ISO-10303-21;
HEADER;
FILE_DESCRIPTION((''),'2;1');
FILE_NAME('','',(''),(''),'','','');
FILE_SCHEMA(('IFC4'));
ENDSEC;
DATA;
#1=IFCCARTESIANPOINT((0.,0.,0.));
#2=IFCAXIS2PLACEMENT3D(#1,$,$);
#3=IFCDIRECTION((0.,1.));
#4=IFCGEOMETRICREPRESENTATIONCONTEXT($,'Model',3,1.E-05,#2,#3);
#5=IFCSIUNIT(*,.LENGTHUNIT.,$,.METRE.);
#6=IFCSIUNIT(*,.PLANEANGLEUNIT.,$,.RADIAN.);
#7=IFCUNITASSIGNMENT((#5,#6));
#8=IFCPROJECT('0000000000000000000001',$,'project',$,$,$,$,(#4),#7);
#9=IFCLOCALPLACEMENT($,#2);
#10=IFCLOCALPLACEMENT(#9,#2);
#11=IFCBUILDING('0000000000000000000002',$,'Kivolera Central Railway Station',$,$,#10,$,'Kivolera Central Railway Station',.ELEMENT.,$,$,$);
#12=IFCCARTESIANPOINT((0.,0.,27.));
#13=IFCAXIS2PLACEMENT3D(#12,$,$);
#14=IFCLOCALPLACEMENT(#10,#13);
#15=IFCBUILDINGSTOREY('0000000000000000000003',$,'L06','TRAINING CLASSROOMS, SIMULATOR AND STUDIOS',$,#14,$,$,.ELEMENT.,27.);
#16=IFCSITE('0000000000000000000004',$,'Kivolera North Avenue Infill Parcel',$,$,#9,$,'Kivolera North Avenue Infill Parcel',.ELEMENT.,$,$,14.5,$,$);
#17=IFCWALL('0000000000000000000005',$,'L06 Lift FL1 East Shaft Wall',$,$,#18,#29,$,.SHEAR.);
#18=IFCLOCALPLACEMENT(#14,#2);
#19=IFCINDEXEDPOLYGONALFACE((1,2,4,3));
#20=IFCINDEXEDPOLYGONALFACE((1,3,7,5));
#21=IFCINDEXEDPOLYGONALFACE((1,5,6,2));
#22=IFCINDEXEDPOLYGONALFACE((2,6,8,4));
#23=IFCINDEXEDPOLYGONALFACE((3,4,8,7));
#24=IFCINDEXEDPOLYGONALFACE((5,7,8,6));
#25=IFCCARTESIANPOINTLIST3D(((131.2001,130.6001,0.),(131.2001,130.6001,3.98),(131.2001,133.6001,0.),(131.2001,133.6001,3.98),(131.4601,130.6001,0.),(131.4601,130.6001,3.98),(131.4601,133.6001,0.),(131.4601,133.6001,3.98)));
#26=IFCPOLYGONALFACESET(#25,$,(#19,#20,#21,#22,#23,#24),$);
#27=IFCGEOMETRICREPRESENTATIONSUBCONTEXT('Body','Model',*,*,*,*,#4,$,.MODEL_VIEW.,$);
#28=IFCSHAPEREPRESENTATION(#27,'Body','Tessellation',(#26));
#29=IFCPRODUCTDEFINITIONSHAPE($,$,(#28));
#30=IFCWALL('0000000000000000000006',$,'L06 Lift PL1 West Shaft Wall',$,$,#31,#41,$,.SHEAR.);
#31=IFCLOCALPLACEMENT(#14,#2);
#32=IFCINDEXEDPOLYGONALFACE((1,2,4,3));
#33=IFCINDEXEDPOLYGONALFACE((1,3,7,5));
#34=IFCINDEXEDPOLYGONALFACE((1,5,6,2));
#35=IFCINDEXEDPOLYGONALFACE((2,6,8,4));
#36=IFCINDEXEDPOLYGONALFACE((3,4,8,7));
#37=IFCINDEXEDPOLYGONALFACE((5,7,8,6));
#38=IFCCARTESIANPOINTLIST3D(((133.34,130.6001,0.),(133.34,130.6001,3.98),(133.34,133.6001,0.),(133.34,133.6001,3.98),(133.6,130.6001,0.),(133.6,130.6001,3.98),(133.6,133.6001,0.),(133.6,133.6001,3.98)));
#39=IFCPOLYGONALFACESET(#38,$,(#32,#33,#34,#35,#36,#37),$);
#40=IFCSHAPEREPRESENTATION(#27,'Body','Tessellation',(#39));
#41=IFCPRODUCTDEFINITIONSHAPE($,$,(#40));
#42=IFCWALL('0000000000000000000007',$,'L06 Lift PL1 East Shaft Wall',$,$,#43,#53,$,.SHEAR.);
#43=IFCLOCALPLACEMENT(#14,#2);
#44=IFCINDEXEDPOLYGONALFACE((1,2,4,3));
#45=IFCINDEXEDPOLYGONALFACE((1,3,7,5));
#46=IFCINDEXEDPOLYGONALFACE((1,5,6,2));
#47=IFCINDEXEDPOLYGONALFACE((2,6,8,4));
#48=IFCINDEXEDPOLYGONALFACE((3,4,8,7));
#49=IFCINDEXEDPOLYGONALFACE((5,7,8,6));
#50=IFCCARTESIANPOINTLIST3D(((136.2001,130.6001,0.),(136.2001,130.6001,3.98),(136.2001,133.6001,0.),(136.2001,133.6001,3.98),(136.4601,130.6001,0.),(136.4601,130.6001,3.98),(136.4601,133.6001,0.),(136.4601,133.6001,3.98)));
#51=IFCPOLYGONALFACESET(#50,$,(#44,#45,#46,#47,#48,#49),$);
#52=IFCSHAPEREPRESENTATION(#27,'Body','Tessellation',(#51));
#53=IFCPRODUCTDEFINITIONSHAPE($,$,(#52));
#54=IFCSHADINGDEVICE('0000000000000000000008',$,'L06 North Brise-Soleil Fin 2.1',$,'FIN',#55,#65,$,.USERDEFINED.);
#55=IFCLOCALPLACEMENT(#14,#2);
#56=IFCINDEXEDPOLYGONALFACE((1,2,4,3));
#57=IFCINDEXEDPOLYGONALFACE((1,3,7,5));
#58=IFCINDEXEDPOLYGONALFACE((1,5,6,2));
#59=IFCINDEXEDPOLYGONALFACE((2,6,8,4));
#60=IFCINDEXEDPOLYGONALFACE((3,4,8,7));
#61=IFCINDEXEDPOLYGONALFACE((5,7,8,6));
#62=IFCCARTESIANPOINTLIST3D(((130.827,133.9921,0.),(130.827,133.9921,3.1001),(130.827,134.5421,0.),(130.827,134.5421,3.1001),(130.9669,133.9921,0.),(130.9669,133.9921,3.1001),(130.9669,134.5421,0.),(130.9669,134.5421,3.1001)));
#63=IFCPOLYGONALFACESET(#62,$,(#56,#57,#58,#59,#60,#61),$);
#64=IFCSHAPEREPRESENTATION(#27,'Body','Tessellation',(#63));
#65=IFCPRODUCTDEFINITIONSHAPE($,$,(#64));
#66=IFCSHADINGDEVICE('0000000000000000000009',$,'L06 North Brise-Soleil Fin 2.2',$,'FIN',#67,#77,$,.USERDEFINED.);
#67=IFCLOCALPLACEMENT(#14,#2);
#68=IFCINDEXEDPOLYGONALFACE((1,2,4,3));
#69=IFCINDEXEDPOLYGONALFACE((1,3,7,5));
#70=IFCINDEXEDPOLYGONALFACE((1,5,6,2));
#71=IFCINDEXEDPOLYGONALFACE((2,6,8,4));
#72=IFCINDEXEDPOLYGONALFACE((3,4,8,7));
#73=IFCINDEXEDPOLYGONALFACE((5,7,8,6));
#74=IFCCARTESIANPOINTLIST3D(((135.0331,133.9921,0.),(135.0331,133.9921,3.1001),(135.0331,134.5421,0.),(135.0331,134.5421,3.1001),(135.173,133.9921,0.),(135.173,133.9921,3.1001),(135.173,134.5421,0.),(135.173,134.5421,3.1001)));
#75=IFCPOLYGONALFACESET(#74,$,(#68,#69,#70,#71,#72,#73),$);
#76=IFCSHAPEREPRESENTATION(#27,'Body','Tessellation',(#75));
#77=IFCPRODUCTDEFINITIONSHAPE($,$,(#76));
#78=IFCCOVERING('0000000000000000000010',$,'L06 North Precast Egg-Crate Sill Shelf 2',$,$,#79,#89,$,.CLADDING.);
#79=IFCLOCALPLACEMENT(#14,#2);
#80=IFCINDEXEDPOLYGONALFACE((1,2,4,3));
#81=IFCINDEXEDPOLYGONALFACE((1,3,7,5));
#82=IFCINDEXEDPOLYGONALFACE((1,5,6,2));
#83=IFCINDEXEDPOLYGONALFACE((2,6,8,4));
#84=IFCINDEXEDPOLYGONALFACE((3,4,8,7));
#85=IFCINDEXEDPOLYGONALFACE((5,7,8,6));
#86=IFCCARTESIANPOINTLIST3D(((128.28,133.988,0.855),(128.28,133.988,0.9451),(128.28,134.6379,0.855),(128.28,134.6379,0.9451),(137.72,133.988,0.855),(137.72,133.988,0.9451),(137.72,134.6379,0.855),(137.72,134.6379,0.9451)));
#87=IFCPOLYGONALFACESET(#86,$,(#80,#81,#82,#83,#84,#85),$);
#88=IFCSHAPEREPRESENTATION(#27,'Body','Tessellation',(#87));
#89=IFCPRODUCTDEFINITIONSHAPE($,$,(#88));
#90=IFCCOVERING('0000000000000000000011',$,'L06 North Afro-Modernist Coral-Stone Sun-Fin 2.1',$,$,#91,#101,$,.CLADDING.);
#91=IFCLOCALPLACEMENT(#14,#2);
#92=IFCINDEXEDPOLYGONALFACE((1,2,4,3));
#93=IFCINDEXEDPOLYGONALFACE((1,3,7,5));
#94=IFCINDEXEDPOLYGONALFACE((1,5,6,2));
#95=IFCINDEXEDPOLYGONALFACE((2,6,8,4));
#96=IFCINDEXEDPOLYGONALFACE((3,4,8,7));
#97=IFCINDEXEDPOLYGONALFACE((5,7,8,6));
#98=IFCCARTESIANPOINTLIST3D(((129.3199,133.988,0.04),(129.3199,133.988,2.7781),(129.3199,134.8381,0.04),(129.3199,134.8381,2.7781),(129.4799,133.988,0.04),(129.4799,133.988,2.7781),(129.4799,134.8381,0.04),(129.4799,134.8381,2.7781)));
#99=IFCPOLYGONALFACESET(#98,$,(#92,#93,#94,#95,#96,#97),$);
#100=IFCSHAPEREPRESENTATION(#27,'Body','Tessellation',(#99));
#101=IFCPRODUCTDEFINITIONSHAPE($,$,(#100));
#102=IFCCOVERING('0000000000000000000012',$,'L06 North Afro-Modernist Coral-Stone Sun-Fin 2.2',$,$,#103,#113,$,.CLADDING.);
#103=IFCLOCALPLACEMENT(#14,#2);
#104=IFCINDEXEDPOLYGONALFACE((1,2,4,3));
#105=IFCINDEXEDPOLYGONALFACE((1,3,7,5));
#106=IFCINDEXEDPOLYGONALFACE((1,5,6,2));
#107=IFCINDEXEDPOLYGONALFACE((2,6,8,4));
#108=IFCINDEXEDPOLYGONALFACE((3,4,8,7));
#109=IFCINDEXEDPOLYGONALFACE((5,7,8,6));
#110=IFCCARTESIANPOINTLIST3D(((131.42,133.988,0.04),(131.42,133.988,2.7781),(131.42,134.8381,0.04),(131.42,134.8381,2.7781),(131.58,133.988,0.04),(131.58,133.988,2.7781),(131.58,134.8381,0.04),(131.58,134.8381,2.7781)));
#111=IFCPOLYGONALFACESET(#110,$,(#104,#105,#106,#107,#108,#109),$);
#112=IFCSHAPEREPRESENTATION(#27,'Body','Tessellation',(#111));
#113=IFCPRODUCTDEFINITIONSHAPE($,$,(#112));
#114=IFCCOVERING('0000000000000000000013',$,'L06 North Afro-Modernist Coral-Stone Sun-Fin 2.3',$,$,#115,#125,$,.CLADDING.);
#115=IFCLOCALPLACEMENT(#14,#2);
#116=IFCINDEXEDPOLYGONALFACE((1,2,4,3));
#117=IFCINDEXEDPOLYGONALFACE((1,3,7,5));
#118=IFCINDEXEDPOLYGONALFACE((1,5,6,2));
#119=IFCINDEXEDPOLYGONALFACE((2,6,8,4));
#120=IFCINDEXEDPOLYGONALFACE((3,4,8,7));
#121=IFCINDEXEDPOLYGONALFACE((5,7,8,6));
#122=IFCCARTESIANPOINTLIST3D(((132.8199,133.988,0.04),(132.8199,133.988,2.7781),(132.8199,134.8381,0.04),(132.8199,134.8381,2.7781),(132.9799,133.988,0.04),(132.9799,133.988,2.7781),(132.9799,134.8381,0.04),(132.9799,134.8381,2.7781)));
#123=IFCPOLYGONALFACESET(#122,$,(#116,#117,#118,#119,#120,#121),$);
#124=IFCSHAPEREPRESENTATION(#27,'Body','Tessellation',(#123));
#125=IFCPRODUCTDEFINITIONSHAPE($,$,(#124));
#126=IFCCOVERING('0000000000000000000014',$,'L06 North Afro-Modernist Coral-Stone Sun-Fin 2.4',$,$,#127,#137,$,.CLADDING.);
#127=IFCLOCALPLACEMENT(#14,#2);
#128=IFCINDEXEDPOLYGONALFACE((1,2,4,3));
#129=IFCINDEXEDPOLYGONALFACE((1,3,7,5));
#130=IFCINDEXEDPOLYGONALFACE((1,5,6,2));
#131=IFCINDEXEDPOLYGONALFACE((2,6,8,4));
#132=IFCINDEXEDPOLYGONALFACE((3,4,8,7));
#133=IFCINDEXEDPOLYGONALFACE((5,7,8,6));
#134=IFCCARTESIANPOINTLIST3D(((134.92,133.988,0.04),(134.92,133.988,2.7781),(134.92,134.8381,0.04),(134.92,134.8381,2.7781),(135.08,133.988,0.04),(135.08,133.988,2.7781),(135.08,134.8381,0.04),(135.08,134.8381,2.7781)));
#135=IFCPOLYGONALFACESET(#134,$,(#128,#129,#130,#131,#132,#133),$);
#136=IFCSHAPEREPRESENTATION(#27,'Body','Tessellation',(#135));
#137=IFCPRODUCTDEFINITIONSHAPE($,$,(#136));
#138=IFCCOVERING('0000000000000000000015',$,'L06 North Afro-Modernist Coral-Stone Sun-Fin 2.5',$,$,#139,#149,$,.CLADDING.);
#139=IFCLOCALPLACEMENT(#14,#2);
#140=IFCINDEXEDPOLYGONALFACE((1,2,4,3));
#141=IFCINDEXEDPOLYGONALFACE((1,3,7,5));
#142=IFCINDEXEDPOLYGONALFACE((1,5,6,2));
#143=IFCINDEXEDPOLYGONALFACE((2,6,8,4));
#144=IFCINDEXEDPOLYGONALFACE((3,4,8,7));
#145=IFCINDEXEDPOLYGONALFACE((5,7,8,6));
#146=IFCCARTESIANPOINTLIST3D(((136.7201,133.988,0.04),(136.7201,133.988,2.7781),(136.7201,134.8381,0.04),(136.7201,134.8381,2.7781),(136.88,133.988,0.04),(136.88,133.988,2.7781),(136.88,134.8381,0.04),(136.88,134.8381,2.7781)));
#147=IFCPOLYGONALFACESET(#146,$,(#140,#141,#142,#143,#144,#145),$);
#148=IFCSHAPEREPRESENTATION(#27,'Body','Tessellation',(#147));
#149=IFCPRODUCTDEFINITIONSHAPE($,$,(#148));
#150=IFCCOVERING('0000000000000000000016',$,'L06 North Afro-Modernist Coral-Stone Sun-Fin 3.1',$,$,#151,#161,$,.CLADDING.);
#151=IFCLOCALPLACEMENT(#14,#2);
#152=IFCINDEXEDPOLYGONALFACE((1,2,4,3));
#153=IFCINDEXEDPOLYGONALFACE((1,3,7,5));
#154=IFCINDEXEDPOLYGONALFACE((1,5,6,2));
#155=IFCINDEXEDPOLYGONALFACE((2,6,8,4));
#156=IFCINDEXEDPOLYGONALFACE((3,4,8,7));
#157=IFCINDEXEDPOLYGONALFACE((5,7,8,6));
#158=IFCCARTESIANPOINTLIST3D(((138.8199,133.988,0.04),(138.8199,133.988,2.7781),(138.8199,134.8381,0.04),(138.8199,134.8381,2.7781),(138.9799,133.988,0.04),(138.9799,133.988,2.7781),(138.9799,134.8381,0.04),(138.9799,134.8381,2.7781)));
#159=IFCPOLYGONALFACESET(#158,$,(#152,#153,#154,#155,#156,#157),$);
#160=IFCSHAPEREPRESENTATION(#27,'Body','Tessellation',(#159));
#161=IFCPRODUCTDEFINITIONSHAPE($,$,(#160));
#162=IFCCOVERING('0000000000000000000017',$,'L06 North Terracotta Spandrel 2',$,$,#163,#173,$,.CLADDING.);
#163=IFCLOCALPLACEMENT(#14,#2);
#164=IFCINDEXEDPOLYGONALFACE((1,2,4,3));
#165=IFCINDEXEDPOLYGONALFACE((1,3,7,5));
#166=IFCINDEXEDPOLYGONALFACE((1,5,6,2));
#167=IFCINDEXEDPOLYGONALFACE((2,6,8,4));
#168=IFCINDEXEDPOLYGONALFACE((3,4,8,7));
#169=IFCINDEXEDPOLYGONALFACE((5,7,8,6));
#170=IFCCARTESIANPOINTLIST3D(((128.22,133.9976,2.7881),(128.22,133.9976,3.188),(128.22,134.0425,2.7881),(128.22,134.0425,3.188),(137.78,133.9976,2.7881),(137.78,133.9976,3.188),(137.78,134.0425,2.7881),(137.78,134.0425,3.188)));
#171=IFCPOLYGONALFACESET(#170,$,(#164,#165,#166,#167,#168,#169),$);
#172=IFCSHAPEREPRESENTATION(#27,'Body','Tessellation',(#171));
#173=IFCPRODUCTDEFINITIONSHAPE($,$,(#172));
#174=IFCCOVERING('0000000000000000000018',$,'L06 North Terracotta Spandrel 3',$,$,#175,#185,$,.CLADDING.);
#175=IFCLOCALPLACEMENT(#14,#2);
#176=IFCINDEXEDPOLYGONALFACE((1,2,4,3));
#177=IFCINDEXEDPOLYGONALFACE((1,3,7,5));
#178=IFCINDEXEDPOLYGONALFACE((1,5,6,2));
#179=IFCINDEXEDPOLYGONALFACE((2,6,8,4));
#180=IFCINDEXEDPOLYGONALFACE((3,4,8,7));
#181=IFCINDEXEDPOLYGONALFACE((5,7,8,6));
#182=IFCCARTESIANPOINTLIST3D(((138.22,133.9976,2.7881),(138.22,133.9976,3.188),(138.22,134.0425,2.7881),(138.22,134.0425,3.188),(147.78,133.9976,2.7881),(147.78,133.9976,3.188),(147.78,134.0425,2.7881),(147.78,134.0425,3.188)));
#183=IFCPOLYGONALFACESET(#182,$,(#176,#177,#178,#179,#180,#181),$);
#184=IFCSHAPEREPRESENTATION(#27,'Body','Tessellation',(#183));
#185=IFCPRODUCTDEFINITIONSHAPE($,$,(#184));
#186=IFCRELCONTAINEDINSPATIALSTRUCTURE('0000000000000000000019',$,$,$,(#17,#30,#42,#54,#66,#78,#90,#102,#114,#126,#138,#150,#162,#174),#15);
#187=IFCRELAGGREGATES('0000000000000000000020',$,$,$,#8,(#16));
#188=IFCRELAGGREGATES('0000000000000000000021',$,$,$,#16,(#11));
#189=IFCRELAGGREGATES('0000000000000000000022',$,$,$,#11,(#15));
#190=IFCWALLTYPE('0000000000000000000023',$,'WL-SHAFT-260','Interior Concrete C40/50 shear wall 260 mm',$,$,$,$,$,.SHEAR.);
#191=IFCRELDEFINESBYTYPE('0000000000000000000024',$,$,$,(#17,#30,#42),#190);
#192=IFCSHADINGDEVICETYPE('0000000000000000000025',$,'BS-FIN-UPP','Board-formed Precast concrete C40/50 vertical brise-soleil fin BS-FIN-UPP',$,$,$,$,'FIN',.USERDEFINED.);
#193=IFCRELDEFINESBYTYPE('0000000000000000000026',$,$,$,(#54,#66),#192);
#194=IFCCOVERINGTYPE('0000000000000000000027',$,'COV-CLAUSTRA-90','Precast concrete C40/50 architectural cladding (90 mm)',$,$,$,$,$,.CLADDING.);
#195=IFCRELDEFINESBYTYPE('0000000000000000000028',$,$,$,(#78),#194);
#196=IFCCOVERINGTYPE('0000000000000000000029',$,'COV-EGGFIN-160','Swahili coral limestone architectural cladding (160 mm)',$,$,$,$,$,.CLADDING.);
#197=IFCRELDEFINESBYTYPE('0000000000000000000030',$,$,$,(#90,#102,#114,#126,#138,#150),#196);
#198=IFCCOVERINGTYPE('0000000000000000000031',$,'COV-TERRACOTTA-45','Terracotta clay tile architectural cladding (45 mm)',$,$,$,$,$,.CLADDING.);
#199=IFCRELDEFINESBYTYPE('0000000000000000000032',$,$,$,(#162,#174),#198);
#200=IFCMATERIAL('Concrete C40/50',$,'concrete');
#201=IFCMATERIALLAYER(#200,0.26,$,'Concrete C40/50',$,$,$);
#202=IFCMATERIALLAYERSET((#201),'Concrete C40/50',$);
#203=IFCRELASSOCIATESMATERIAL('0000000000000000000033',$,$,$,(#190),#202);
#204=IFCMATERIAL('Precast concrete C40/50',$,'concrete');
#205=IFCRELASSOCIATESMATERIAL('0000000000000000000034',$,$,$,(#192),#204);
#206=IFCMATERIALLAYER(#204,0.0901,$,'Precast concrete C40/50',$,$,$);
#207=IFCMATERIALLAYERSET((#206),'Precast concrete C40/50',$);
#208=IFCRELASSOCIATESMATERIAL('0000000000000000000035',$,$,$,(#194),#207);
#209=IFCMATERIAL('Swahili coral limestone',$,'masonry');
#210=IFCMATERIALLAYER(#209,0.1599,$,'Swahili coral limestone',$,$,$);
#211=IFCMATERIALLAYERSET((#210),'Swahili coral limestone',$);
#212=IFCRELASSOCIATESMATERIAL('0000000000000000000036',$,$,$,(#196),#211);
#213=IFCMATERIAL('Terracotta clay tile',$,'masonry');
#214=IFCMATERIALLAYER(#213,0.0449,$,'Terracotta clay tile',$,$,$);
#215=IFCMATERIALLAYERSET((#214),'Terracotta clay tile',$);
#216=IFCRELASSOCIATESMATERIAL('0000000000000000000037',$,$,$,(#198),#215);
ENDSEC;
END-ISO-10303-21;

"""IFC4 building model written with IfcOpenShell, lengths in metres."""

from ifc_helpers import new_model, si_unit, direction, frame, frame_2d, origin, origin_2d, place, context, subcontext, project, spatial, rectangle, extrude, material, layer, layer_set, type_object, element, save


model = new_model("IFC4")

# Units and contexts
model_context = context("Model", 3, precision=1e-05, world=origin(), true_north=direction((0.0, 1.0)))
body_context = subcontext(model_context, "Body", "Model", "MODEL_VIEW")
ifc_project = project(units=[si_unit("LENGTHUNIT", "METRE"), si_unit("PLANEANGLEUNIT", "RADIAN")], contexts=[model_context])

# Site, building, storey
site_placement = place(None, origin())
site = spatial("IfcSite", under=ifc_project, at=site_placement, Name="Kivolera North Avenue Infill Parcel", LongName="Kivolera North Avenue Infill Parcel", CompositionType="ELEMENT", RefElevation=14.5)
building_placement = place(site_placement, origin())
building = spatial("IfcBuilding", under=site, at=building_placement, Name="Kivolera Central Railway Station", LongName="Kivolera Central Railway Station", CompositionType="ELEMENT")
storey_placement = place(building_placement, frame((0.0, 0.0, 27.0)))
storey = spatial("IfcBuildingStorey", under=building, at=storey_placement, Name="L06", Description="TRAINING CLASSROOMS, SIMULATOR AND STUDIOS", CompositionType="ELEMENT", Elevation=27.0)

# Shared definitions
ifc_material_1 = material(Name="Concrete C40/50", Category="concrete")

# Shared definitions
ifc_material_2 = material(Name="Swahili coral limestone", Category="masonry")

# Wall
ifc_layer_1 = layer(ifc_material_1, 0.26, Name="Concrete C40/50")
ifc_layer_set_1 = layer_set([ifc_layer_1], Name="Concrete C40/50")
wall_type_1 = type_object("IfcWallType", Name="WL-SHAFT-260", Description="Interior Concrete C40/50 shear wall 260 mm", PredefinedType="SHEAR", material=ifc_layer_set_1)
for number, where, z_axis, x_axis, name in (
    (1, (131.3301, 130.6001, 0.0), (0.0, 0.0, 1.0), (0.0, 1.0, 0.0), "L06 Lift FL1 East Shaft Wall"),
):
    element("IfcWall", number, at=place(storey_placement, frame(where, z_axis=z_axis, x_axis=x_axis)), inside=storey, type_object=wall_type_1, Name=name, PredefinedType="SHEAR", context=body_context, shape_type="SweptSolid", body=[
        extrude(rectangle(XDim=3.0, YDim=0.26, at=frame_2d((1.5, 0.0))), origin(), (0.0, 0.0, 1.0), 3.98),
    ])

# Walls
for number, where, z_axis, x_axis, name in (
    (2, (133.47, 130.6001, 0.0), (0.0, 0.0, 1.0), (0.0, 1.0, 0.0), "L06 Lift PL1 West Shaft Wall"),
    (3, (136.3301, 130.6001, 0.0), (0.0, 0.0, 1.0), (0.0, 1.0, 0.0), "L06 Lift PL1 East Shaft Wall"),
):
    element("IfcWall", number, at=place(storey_placement, frame(where, z_axis=z_axis, x_axis=x_axis)), inside=storey, type_object=wall_type_1, Name=name, PredefinedType="SHEAR", context=body_context, shape_type="SweptSolid", body=[
        extrude(rectangle(XDim=3.0, YDim=0.26, at=frame_2d((1.5, 0.0))), origin(), (0.0, 0.0, 1.0), 3.98),
    ])

# Shading devices
ifc_material_3 = material(Name="Precast concrete C40/50", Category="concrete")
shading_device_type = type_object("IfcShadingDeviceType", Name="BS-FIN-UPP", Description="Board-formed Precast concrete C40/50 vertical brise-soleil fin BS-FIN-UPP", ElementType="FIN", PredefinedType="USERDEFINED", material=ifc_material_3)
for number, where, z_axis, x_axis, name in (
    (4, (130.897, 134.2671, 0.0), (0.0, 0.0, 1.0), (1.0, 0.0, 0.0), "L06 North Brise-Soleil Fin 2.1"),
    (5, (135.103, 134.2671, 0.0), (0.0, 0.0, 1.0), (1.0, 0.0, 0.0), "L06 North Brise-Soleil Fin 2.2"),
):
    element("IfcShadingDevice", number, at=place(storey_placement, frame(where, z_axis=z_axis, x_axis=x_axis)), inside=storey, type_object=shading_device_type, Name=name, ObjectType="FIN", PredefinedType="USERDEFINED", context=body_context, shape_type="SweptSolid", body=[
        extrude(rectangle(XDim=0.1399, YDim=0.55, at=origin_2d()), origin(), (0.0, 0.0, 1.0), 3.1001),
    ])

# Coverings
ifc_layer_2 = layer(ifc_material_3, 0.0901, Name="Precast concrete C40/50")
ifc_layer_set_2 = layer_set([ifc_layer_2], Name="Precast concrete C40/50")
covering_type_1 = type_object("IfcCoveringType", Name="COV-CLAUSTRA-90", Description="Precast concrete C40/50 architectural cladding (90 mm)", PredefinedType="CLADDING", material=ifc_layer_set_2)
covering_placement = place(storey_placement, frame((133.0, 134.313, 0.855), z_axis=(0.0, 0.0, 1.0), x_axis=(1.0, 0.0, 0.0)))
element("IfcCovering", 6, at=covering_placement, inside=storey, type_object=covering_type_1, Name="L06 North Precast Egg-Crate Sill Shelf 2", PredefinedType="CLADDING", context=body_context, shape_type="SweptSolid", body=[
    extrude(rectangle(XDim=9.4399, YDim=0.6499, at=origin_2d()), origin(), (0.0, 0.0, 1.0), 0.0901),
])
ifc_layer_3 = layer(ifc_material_2, 0.1599, Name="Swahili coral limestone")
ifc_layer_set_3 = layer_set([ifc_layer_3], Name="Swahili coral limestone")
covering_type_2 = type_object("IfcCoveringType", Name="COV-EGGFIN-160", Description="Swahili coral limestone architectural cladding (160 mm)", PredefinedType="CLADDING", material=ifc_layer_set_3)
for number, where, z_axis, x_axis, name in (
    (7, (129.3999, 134.4131, 0.04), (0.0, 0.0, 1.0), (1.0, 0.0, 0.0), "L06 North Afro-Modernist Coral-Stone Sun-Fin 2.1"),
    (8, (131.5, 134.4131, 0.04), (0.0, 0.0, 1.0), (1.0, 0.0, 0.0), "L06 North Afro-Modernist Coral-Stone Sun-Fin 2.2"),
    (9, (132.8999, 134.4131, 0.04), (0.0, 0.0, 1.0), (1.0, 0.0, 0.0), "L06 North Afro-Modernist Coral-Stone Sun-Fin 2.3"),
    (10, (135.0, 134.4131, 0.04), (0.0, 0.0, 1.0), (1.0, 0.0, 0.0), "L06 North Afro-Modernist Coral-Stone Sun-Fin 2.4"),
    (11, (136.8, 134.4131, 0.04), (0.0, 0.0, 1.0), (1.0, 0.0, 0.0), "L06 North Afro-Modernist Coral-Stone Sun-Fin 2.5"),
    (12, (138.8999, 134.4131, 0.04), (0.0, 0.0, 1.0), (1.0, 0.0, 0.0), "L06 North Afro-Modernist Coral-Stone Sun-Fin 3.1"),
):
    element("IfcCovering", number, at=place(storey_placement, frame(where, z_axis=z_axis, x_axis=x_axis)), inside=storey, type_object=covering_type_2, Name=name, PredefinedType="CLADDING", context=body_context, shape_type="SweptSolid", body=[
        extrude(rectangle(XDim=0.1599, YDim=0.8501, at=origin_2d()), origin(), (0.0, 0.0, 1.0), 2.738),
    ])
ifc_material_4 = material(Name="Terracotta clay tile", Category="masonry")
ifc_layer_4 = layer(ifc_material_4, 0.0449, Name="Terracotta clay tile")
ifc_layer_set_4 = layer_set([ifc_layer_4], Name="Terracotta clay tile")
covering_type_3 = type_object("IfcCoveringType", Name="COV-TERRACOTTA-45", Description="Terracotta clay tile architectural cladding (45 mm)", PredefinedType="CLADDING", material=ifc_layer_set_4)
for number, where, z_axis, x_axis, name in (
    (13, (128.22, 134.02, 2.7881), (0.0, 0.0, 1.0), (1.0, 0.0, 0.0), "L06 North Terracotta Spandrel 2"),
    (14, (138.22, 134.02, 2.7881), (0.0, 0.0, 1.0), (1.0, 0.0, 0.0), "L06 North Terracotta Spandrel 3"),
):
    element("IfcCovering", number, at=place(storey_placement, frame(where, z_axis=z_axis, x_axis=x_axis)), inside=storey, type_object=covering_type_3, Name=name, PredefinedType="CLADDING", context=body_context, shape_type="SweptSolid", body=[
        extrude(rectangle(XDim=9.5601, YDim=0.0449, at=frame_2d((4.78, 0.0))), origin(), (0.0, 0.0, 1.0), 0.3999),
    ])

save(model, "model.ifc")
